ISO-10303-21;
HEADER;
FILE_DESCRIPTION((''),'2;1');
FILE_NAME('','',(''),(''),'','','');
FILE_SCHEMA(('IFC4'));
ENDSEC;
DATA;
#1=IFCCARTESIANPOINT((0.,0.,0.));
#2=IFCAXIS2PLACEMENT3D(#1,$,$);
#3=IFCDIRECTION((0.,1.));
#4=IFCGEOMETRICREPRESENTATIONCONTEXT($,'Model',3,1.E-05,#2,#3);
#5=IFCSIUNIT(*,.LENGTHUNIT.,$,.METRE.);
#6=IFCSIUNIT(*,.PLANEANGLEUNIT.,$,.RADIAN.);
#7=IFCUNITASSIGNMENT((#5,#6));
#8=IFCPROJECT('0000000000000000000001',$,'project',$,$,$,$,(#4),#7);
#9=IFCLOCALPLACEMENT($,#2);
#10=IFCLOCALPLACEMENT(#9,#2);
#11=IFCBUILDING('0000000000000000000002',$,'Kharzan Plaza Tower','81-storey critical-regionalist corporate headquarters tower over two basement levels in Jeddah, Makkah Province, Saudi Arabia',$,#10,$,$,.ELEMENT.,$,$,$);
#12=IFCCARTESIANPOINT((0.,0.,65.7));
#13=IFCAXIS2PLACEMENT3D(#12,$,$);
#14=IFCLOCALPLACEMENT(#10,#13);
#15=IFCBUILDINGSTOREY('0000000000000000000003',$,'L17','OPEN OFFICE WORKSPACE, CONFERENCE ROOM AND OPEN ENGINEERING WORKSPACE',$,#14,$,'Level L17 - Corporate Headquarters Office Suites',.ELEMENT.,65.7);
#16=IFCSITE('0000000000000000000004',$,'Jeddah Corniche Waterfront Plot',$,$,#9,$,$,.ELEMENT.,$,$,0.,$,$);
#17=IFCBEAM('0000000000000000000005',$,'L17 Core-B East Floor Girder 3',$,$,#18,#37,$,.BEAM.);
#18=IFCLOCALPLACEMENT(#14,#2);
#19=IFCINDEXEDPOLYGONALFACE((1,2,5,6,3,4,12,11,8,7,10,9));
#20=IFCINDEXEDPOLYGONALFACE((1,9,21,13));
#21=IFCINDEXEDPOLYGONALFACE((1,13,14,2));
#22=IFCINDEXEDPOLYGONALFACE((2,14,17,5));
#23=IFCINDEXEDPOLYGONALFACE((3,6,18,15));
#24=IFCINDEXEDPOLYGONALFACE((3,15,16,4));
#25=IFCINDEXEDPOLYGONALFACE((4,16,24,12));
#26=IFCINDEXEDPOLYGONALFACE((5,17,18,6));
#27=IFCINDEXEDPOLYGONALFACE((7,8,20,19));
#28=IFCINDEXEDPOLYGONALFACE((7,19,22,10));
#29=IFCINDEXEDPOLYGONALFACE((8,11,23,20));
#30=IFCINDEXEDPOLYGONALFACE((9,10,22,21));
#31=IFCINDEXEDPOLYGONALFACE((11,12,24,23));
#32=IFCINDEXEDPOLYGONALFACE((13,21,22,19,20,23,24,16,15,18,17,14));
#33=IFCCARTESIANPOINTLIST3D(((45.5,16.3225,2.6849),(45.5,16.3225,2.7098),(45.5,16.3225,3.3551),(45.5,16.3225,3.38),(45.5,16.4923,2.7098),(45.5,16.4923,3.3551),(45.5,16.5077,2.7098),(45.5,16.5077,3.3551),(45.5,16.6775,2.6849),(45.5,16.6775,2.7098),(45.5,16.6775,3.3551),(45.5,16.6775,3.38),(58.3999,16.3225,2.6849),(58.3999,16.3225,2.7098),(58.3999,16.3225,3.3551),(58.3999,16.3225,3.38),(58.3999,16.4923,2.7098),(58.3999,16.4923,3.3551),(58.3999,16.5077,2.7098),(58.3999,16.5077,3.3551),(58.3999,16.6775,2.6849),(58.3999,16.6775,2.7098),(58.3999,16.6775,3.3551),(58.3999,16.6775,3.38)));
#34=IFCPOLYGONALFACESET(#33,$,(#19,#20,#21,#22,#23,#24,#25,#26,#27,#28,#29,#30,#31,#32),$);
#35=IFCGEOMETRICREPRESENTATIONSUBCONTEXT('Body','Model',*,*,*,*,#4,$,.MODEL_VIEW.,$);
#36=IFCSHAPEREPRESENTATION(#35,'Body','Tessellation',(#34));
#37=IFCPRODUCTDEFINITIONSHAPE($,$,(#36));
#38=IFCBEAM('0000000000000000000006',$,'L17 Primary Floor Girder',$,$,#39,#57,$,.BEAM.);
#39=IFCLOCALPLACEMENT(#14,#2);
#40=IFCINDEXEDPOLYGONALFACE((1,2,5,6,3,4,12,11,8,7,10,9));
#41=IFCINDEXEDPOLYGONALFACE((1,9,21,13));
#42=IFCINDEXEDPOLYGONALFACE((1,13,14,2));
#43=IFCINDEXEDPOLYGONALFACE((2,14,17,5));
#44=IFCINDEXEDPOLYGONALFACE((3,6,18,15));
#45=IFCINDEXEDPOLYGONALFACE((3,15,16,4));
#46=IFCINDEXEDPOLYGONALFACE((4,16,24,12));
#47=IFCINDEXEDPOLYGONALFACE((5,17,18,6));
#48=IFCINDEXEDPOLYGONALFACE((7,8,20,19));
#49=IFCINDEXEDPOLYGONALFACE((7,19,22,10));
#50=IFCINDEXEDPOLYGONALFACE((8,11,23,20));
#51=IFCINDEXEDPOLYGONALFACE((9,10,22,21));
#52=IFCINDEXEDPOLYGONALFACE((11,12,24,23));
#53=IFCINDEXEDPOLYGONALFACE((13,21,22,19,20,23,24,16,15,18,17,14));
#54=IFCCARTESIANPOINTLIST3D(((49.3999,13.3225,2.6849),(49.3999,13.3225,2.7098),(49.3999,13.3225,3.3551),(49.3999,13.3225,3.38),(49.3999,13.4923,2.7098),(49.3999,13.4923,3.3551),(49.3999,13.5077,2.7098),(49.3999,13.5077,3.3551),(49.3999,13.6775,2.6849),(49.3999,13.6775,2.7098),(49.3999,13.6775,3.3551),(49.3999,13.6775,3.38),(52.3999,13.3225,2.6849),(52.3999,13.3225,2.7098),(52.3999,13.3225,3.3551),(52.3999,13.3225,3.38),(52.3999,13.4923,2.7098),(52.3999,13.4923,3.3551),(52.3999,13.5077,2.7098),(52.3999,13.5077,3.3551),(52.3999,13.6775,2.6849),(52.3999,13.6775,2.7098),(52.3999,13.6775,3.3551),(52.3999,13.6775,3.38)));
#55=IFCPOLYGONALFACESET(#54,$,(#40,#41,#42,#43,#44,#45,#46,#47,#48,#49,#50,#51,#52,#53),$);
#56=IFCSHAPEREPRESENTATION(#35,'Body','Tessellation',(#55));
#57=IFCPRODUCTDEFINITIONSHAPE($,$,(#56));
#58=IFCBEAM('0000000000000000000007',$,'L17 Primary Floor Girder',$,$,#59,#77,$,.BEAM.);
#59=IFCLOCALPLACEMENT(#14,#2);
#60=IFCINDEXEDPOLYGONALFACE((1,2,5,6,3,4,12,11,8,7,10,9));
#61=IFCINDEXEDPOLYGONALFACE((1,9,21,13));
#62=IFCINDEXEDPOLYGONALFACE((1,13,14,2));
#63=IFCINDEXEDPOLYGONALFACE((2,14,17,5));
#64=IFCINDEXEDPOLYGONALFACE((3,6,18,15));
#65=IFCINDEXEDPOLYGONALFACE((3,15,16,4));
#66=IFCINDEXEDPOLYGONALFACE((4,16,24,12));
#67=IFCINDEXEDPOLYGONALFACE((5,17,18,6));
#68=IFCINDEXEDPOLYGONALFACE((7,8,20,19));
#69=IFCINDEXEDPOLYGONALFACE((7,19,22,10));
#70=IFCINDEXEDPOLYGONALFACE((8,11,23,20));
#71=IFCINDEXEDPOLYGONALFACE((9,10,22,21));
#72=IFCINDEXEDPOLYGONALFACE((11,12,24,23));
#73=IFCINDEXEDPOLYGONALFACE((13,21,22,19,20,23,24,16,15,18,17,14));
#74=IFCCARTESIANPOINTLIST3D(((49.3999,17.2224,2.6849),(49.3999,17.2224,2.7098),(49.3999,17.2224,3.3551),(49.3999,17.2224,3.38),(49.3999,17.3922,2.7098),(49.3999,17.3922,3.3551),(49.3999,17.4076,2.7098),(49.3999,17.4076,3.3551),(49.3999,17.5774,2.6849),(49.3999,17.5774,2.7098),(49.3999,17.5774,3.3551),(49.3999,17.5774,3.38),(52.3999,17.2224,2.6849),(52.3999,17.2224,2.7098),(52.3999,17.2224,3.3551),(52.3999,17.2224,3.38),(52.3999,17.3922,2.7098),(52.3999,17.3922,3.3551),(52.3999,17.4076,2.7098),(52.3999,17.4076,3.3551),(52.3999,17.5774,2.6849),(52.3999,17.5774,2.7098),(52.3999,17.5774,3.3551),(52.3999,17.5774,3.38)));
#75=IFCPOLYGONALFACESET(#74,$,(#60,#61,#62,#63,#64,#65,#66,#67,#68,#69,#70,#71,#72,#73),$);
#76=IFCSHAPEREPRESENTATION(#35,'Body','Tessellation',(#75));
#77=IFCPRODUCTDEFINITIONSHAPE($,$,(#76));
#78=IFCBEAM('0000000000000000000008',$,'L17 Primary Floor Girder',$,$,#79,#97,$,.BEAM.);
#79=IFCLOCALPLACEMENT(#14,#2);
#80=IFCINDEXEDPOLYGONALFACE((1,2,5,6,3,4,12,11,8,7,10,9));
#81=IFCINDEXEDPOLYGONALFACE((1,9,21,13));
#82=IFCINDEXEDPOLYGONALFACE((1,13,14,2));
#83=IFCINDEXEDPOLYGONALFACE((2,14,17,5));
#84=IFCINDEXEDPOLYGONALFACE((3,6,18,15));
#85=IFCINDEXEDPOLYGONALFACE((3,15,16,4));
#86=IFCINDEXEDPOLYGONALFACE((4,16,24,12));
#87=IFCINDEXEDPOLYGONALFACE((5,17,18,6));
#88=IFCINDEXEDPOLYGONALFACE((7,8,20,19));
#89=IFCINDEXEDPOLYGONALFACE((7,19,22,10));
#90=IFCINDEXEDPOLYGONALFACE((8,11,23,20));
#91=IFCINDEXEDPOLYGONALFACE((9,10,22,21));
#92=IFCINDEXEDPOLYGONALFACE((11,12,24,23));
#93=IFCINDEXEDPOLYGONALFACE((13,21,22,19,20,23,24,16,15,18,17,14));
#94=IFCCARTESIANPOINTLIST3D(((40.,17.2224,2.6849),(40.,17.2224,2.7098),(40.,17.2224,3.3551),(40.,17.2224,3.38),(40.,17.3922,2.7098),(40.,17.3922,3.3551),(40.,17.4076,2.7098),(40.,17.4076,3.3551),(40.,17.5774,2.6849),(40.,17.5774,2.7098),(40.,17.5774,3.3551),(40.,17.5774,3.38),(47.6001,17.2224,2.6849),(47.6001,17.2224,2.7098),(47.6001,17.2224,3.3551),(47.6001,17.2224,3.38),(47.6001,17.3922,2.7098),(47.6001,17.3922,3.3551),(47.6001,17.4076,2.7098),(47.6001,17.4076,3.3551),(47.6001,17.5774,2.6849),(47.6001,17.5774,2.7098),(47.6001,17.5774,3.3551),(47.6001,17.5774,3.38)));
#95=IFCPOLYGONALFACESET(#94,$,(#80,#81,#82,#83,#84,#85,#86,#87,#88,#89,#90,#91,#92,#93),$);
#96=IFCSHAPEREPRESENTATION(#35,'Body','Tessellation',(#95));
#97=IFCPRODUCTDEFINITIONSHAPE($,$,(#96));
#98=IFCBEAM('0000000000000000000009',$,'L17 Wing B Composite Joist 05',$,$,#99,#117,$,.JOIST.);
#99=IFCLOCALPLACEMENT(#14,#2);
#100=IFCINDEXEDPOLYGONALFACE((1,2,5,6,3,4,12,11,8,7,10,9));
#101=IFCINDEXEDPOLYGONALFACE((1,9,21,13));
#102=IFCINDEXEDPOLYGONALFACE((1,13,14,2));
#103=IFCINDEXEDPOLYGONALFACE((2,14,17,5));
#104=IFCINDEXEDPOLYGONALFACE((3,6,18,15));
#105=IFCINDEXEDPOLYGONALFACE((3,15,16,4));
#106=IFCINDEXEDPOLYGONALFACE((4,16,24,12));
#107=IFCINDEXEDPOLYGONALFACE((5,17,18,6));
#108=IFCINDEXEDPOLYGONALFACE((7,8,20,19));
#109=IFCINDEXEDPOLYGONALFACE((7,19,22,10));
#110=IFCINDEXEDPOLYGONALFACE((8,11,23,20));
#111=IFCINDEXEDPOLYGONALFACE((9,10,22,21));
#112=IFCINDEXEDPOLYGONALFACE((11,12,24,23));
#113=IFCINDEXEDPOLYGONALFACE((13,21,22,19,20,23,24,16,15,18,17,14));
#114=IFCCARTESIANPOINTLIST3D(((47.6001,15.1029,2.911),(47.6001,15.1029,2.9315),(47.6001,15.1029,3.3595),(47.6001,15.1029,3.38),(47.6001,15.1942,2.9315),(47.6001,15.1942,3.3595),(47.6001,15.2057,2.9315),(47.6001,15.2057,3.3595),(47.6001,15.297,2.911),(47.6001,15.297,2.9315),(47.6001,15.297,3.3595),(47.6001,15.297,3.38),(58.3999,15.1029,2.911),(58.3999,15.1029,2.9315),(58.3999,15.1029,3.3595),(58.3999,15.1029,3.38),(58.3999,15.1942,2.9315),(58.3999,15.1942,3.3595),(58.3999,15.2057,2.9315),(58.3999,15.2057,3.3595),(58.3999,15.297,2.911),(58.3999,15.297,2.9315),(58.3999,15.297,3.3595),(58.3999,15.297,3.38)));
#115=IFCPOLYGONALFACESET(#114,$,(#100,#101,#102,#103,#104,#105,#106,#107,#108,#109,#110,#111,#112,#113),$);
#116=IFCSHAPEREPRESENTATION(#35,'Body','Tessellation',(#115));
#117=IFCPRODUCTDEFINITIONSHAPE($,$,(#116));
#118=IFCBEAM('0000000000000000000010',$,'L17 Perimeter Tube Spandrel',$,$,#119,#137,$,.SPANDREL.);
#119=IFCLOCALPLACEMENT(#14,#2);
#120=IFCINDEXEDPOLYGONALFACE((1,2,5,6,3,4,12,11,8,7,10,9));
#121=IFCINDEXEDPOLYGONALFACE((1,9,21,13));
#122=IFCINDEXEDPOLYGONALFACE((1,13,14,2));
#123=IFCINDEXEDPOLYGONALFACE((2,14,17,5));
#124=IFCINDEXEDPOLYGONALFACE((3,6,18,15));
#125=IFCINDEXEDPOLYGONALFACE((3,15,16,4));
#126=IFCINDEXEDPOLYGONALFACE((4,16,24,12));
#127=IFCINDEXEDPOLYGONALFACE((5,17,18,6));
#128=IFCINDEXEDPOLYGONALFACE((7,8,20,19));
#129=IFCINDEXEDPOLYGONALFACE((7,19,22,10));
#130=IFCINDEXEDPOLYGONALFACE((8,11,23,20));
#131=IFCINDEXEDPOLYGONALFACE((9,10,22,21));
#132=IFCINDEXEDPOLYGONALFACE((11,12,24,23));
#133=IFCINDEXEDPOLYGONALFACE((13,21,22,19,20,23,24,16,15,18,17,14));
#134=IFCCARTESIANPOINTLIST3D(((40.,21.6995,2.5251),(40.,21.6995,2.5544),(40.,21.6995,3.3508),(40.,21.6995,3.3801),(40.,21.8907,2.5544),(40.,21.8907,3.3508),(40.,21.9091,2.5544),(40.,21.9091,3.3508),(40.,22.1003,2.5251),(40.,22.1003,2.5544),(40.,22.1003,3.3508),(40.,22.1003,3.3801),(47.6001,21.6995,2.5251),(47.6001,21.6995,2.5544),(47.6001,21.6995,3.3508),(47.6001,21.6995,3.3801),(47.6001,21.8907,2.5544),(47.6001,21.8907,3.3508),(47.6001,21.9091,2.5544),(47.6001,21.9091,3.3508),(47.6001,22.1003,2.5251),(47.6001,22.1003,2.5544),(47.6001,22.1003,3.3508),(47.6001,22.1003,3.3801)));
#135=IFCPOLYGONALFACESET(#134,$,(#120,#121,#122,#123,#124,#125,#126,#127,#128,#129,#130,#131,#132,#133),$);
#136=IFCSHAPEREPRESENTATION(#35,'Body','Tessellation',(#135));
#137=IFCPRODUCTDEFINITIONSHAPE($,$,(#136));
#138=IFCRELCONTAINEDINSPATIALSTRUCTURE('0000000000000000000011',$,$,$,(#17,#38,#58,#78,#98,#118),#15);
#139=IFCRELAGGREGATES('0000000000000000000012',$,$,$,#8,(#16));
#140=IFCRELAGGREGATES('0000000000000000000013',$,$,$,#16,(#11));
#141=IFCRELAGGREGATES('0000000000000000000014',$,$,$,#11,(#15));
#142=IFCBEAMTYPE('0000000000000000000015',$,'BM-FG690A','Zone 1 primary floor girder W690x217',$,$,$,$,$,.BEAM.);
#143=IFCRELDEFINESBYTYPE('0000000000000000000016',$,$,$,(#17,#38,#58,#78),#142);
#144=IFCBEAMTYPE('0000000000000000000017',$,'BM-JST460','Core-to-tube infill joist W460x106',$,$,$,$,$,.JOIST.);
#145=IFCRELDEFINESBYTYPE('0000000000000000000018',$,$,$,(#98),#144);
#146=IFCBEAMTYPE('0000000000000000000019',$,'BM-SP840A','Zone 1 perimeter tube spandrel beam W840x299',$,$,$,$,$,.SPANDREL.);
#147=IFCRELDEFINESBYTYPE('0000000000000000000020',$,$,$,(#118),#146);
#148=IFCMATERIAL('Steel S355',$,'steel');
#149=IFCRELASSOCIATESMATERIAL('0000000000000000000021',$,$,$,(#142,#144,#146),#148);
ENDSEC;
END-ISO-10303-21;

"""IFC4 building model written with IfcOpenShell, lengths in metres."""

from ifc_helpers import new_model, si_unit, direction, frame, origin, origin_2d, place, context, subcontext, project, spatial, i_section, extrude, source, transform, mapped, material, material_profile, profile_set, type_object, element, save


model = new_model("IFC4")

# Units and contexts
model_context = context("Model", 3, precision=1e-05, world=origin(), true_north=direction((0.0, 1.0)))
body_context = subcontext(model_context, "Body", "Model", "MODEL_VIEW")
ifc_project = project(units=[si_unit("LENGTHUNIT", "METRE"), si_unit("PLANEANGLEUNIT", "RADIAN")], contexts=[model_context])

# Site, building, storey
site_placement = place(None, origin())
site = spatial("IfcSite", under=ifc_project, at=site_placement, Name="Jeddah Corniche Waterfront Plot", CompositionType="ELEMENT", RefElevation=0.0)
building_placement = place(site_placement, origin())
building = spatial("IfcBuilding", under=site, at=building_placement, Name="Kharzan Plaza Tower", Description="81-storey critical-regionalist corporate headquarters tower over two basement levels in Jeddah, Makkah Province, Saudi Arabia", CompositionType="ELEMENT")
storey_placement = place(building_placement, frame((0.0, 0.0, 65.7)))
storey = spatial("IfcBuildingStorey", under=building, at=storey_placement, Name="L17", Description="OPEN OFFICE WORKSPACE, CONFERENCE ROOM AND OPEN ENGINEERING WORKSPACE", LongName="Level L17 - Corporate Headquarters Office Suites", CompositionType="ELEMENT", Elevation=65.7)

# Beams
ifc_material_1 = material(Name="Steel S355", Category="steel")
ifc_material_profile_1 = material_profile(ifc_material_1, i_section(OverallWidth=0.355, OverallDepth=0.6951, WebThickness=0.0154, FlangeThickness=0.0249, at=origin_2d()), Name="W690x217")
ifc_profile_set_1 = profile_set([ifc_material_profile_1], Name="Steel S355")
beam_type_1 = type_object("IfcBeamType", Name="BM-FG690A", Description="Zone 1 primary floor girder W690x217", PredefinedType="BEAM", material=ifc_profile_set_1)
shared_shape_1 = source(origin(), body_context, "Body", "SweptSolid", [
    extrude(i_section(OverallWidth=0.355, OverallDepth=0.6951, WebThickness=0.0154, FlangeThickness=0.0249, at=origin_2d()), origin(), (0.0, 0.0, 1.0), 12.8999),
])
beam_1_placement = place(storey_placement, frame((45.5, 16.5, 3.0325), z_axis=(1.0, 0.0, 0.0), x_axis=(0.0, 1.0, 0.0)))
element("IfcBeam", 1, at=beam_1_placement, inside=storey, type_object=beam_type_1, Name="L17 Core-B East Floor Girder 3", PredefinedType="BEAM", context=body_context, shape_type="MappedRepresentation", body=[
    mapped(shared_shape_1, transform((0.0, 0.0, 0.0), x_axis=(1.0, 0.0, 0.0), y_axis=(0.0, 1.0, 0.0), z_axis=(0.0, 0.0, 1.0))),
])
shared_shape_2 = source(origin(), body_context, "Body", "SweptSolid", [
    extrude(i_section(OverallWidth=0.355, OverallDepth=0.6951, WebThickness=0.0154, FlangeThickness=0.0249, at=origin_2d()), origin(), (0.0, 0.0, 1.0), 3.0),
])
for number, where, z_axis, x_axis, name in (
    (2, (49.3999, 13.5, 3.0325), (1.0, 0.0, 0.0), (0.0, 1.0, 0.0), "L17 Primary Floor Girder"),
    (3, (49.3999, 17.3999, 3.0325), (1.0, 0.0, 0.0), (0.0, 1.0, 0.0), "L17 Primary Floor Girder"),
):
    element("IfcBeam", number, at=place(storey_placement, frame(where, z_axis=z_axis, x_axis=x_axis)), inside=storey, type_object=beam_type_1, Name=name, PredefinedType="BEAM", context=body_context, shape_type="MappedRepresentation", body=[
        mapped(shared_shape_2, transform((0.0, 0.0, 0.0), x_axis=(1.0, 0.0, 0.0), y_axis=(0.0, 1.0, 0.0), z_axis=(0.0, 0.0, 1.0))),
    ])
shared_shape_3 = source(origin(), body_context, "Body", "SweptSolid", [
    extrude(i_section(OverallWidth=0.355, OverallDepth=0.6951, WebThickness=0.0154, FlangeThickness=0.0249, at=origin_2d()), origin(), (0.0, 0.0, 1.0), 7.6001),
])
beam_2_placement = place(storey_placement, frame((40.0, 17.3999, 3.0325), z_axis=(1.0, 0.0, 0.0), x_axis=(0.0, 1.0, 0.0)))
element("IfcBeam", 4, at=beam_2_placement, inside=storey, type_object=beam_type_1, Name="L17 Primary Floor Girder", PredefinedType="BEAM", context=body_context, shape_type="MappedRepresentation", body=[
    mapped(shared_shape_3, transform((0.0, 0.0, 0.0), x_axis=(1.0, 0.0, 0.0), y_axis=(0.0, 1.0, 0.0), z_axis=(0.0, 0.0, 1.0))),
])
ifc_material_profile_2 = material_profile(ifc_material_1, i_section(OverallWidth=0.1941, OverallDepth=0.469, WebThickness=0.0115, FlangeThickness=0.0205, at=origin_2d()), Name="W460x106")
ifc_profile_set_2 = profile_set([ifc_material_profile_2], Name="Steel S355")
beam_type_2 = type_object("IfcBeamType", Name="BM-JST460", Description="Core-to-tube infill joist W460x106", PredefinedType="JOIST", material=ifc_profile_set_2)
shared_shape_4 = source(origin(), body_context, "Body", "SweptSolid", [
    extrude(i_section(OverallWidth=0.1941, OverallDepth=0.469, WebThickness=0.0115, FlangeThickness=0.0205, at=origin_2d()), origin(), (0.0, 0.0, 1.0), 10.7998),
])
beam_3_placement = place(storey_placement, frame((47.6001, 15.2, 3.1455), z_axis=(1.0, 0.0, 0.0), x_axis=(0.0, 1.0, 0.0)))
element("IfcBeam", 5, at=beam_3_placement, inside=storey, type_object=beam_type_2, Name="L17 Wing B Composite Joist 05", PredefinedType="JOIST", context=body_context, shape_type="MappedRepresentation", body=[
    mapped(shared_shape_4, transform((0.0, 0.0, 0.0), x_axis=(1.0, 0.0, 0.0), y_axis=(0.0, 1.0, 0.0), z_axis=(0.0, 0.0, 1.0))),
])
ifc_material_profile_3 = material_profile(ifc_material_1, i_section(OverallWidth=0.4009, OverallDepth=0.855, WebThickness=0.0183, FlangeThickness=0.0293, at=origin_2d()), Name="W840x299")
ifc_profile_set_3 = profile_set([ifc_material_profile_3], Name="Steel S355")
beam_type_3 = type_object("IfcBeamType", Name="BM-SP840A", Description="Zone 1 perimeter tube spandrel beam W840x299", PredefinedType="SPANDREL", material=ifc_profile_set_3)
shared_shape_5 = source(origin(), body_context, "Body", "SweptSolid", [
    extrude(i_section(OverallWidth=0.4009, OverallDepth=0.855, WebThickness=0.0183, FlangeThickness=0.0293, at=origin_2d()), origin(), (0.0, 0.0, 1.0), 7.6001),
])
beam_4_placement = place(storey_placement, frame((40.0, 21.8999, 2.9526), z_axis=(1.0, 0.0, 0.0), x_axis=(0.0, 1.0, 0.0)))
element("IfcBeam", 6, at=beam_4_placement, inside=storey, type_object=beam_type_3, Name="L17 Perimeter Tube Spandrel", PredefinedType="SPANDREL", context=body_context, shape_type="MappedRepresentation", body=[
    mapped(shared_shape_5, transform((0.0, 0.0, 0.0), x_axis=(1.0, 0.0, 0.0), y_axis=(0.0, 1.0, 0.0), z_axis=(0.0, 0.0, 1.0))),
])

save(model, "model.ifc")
